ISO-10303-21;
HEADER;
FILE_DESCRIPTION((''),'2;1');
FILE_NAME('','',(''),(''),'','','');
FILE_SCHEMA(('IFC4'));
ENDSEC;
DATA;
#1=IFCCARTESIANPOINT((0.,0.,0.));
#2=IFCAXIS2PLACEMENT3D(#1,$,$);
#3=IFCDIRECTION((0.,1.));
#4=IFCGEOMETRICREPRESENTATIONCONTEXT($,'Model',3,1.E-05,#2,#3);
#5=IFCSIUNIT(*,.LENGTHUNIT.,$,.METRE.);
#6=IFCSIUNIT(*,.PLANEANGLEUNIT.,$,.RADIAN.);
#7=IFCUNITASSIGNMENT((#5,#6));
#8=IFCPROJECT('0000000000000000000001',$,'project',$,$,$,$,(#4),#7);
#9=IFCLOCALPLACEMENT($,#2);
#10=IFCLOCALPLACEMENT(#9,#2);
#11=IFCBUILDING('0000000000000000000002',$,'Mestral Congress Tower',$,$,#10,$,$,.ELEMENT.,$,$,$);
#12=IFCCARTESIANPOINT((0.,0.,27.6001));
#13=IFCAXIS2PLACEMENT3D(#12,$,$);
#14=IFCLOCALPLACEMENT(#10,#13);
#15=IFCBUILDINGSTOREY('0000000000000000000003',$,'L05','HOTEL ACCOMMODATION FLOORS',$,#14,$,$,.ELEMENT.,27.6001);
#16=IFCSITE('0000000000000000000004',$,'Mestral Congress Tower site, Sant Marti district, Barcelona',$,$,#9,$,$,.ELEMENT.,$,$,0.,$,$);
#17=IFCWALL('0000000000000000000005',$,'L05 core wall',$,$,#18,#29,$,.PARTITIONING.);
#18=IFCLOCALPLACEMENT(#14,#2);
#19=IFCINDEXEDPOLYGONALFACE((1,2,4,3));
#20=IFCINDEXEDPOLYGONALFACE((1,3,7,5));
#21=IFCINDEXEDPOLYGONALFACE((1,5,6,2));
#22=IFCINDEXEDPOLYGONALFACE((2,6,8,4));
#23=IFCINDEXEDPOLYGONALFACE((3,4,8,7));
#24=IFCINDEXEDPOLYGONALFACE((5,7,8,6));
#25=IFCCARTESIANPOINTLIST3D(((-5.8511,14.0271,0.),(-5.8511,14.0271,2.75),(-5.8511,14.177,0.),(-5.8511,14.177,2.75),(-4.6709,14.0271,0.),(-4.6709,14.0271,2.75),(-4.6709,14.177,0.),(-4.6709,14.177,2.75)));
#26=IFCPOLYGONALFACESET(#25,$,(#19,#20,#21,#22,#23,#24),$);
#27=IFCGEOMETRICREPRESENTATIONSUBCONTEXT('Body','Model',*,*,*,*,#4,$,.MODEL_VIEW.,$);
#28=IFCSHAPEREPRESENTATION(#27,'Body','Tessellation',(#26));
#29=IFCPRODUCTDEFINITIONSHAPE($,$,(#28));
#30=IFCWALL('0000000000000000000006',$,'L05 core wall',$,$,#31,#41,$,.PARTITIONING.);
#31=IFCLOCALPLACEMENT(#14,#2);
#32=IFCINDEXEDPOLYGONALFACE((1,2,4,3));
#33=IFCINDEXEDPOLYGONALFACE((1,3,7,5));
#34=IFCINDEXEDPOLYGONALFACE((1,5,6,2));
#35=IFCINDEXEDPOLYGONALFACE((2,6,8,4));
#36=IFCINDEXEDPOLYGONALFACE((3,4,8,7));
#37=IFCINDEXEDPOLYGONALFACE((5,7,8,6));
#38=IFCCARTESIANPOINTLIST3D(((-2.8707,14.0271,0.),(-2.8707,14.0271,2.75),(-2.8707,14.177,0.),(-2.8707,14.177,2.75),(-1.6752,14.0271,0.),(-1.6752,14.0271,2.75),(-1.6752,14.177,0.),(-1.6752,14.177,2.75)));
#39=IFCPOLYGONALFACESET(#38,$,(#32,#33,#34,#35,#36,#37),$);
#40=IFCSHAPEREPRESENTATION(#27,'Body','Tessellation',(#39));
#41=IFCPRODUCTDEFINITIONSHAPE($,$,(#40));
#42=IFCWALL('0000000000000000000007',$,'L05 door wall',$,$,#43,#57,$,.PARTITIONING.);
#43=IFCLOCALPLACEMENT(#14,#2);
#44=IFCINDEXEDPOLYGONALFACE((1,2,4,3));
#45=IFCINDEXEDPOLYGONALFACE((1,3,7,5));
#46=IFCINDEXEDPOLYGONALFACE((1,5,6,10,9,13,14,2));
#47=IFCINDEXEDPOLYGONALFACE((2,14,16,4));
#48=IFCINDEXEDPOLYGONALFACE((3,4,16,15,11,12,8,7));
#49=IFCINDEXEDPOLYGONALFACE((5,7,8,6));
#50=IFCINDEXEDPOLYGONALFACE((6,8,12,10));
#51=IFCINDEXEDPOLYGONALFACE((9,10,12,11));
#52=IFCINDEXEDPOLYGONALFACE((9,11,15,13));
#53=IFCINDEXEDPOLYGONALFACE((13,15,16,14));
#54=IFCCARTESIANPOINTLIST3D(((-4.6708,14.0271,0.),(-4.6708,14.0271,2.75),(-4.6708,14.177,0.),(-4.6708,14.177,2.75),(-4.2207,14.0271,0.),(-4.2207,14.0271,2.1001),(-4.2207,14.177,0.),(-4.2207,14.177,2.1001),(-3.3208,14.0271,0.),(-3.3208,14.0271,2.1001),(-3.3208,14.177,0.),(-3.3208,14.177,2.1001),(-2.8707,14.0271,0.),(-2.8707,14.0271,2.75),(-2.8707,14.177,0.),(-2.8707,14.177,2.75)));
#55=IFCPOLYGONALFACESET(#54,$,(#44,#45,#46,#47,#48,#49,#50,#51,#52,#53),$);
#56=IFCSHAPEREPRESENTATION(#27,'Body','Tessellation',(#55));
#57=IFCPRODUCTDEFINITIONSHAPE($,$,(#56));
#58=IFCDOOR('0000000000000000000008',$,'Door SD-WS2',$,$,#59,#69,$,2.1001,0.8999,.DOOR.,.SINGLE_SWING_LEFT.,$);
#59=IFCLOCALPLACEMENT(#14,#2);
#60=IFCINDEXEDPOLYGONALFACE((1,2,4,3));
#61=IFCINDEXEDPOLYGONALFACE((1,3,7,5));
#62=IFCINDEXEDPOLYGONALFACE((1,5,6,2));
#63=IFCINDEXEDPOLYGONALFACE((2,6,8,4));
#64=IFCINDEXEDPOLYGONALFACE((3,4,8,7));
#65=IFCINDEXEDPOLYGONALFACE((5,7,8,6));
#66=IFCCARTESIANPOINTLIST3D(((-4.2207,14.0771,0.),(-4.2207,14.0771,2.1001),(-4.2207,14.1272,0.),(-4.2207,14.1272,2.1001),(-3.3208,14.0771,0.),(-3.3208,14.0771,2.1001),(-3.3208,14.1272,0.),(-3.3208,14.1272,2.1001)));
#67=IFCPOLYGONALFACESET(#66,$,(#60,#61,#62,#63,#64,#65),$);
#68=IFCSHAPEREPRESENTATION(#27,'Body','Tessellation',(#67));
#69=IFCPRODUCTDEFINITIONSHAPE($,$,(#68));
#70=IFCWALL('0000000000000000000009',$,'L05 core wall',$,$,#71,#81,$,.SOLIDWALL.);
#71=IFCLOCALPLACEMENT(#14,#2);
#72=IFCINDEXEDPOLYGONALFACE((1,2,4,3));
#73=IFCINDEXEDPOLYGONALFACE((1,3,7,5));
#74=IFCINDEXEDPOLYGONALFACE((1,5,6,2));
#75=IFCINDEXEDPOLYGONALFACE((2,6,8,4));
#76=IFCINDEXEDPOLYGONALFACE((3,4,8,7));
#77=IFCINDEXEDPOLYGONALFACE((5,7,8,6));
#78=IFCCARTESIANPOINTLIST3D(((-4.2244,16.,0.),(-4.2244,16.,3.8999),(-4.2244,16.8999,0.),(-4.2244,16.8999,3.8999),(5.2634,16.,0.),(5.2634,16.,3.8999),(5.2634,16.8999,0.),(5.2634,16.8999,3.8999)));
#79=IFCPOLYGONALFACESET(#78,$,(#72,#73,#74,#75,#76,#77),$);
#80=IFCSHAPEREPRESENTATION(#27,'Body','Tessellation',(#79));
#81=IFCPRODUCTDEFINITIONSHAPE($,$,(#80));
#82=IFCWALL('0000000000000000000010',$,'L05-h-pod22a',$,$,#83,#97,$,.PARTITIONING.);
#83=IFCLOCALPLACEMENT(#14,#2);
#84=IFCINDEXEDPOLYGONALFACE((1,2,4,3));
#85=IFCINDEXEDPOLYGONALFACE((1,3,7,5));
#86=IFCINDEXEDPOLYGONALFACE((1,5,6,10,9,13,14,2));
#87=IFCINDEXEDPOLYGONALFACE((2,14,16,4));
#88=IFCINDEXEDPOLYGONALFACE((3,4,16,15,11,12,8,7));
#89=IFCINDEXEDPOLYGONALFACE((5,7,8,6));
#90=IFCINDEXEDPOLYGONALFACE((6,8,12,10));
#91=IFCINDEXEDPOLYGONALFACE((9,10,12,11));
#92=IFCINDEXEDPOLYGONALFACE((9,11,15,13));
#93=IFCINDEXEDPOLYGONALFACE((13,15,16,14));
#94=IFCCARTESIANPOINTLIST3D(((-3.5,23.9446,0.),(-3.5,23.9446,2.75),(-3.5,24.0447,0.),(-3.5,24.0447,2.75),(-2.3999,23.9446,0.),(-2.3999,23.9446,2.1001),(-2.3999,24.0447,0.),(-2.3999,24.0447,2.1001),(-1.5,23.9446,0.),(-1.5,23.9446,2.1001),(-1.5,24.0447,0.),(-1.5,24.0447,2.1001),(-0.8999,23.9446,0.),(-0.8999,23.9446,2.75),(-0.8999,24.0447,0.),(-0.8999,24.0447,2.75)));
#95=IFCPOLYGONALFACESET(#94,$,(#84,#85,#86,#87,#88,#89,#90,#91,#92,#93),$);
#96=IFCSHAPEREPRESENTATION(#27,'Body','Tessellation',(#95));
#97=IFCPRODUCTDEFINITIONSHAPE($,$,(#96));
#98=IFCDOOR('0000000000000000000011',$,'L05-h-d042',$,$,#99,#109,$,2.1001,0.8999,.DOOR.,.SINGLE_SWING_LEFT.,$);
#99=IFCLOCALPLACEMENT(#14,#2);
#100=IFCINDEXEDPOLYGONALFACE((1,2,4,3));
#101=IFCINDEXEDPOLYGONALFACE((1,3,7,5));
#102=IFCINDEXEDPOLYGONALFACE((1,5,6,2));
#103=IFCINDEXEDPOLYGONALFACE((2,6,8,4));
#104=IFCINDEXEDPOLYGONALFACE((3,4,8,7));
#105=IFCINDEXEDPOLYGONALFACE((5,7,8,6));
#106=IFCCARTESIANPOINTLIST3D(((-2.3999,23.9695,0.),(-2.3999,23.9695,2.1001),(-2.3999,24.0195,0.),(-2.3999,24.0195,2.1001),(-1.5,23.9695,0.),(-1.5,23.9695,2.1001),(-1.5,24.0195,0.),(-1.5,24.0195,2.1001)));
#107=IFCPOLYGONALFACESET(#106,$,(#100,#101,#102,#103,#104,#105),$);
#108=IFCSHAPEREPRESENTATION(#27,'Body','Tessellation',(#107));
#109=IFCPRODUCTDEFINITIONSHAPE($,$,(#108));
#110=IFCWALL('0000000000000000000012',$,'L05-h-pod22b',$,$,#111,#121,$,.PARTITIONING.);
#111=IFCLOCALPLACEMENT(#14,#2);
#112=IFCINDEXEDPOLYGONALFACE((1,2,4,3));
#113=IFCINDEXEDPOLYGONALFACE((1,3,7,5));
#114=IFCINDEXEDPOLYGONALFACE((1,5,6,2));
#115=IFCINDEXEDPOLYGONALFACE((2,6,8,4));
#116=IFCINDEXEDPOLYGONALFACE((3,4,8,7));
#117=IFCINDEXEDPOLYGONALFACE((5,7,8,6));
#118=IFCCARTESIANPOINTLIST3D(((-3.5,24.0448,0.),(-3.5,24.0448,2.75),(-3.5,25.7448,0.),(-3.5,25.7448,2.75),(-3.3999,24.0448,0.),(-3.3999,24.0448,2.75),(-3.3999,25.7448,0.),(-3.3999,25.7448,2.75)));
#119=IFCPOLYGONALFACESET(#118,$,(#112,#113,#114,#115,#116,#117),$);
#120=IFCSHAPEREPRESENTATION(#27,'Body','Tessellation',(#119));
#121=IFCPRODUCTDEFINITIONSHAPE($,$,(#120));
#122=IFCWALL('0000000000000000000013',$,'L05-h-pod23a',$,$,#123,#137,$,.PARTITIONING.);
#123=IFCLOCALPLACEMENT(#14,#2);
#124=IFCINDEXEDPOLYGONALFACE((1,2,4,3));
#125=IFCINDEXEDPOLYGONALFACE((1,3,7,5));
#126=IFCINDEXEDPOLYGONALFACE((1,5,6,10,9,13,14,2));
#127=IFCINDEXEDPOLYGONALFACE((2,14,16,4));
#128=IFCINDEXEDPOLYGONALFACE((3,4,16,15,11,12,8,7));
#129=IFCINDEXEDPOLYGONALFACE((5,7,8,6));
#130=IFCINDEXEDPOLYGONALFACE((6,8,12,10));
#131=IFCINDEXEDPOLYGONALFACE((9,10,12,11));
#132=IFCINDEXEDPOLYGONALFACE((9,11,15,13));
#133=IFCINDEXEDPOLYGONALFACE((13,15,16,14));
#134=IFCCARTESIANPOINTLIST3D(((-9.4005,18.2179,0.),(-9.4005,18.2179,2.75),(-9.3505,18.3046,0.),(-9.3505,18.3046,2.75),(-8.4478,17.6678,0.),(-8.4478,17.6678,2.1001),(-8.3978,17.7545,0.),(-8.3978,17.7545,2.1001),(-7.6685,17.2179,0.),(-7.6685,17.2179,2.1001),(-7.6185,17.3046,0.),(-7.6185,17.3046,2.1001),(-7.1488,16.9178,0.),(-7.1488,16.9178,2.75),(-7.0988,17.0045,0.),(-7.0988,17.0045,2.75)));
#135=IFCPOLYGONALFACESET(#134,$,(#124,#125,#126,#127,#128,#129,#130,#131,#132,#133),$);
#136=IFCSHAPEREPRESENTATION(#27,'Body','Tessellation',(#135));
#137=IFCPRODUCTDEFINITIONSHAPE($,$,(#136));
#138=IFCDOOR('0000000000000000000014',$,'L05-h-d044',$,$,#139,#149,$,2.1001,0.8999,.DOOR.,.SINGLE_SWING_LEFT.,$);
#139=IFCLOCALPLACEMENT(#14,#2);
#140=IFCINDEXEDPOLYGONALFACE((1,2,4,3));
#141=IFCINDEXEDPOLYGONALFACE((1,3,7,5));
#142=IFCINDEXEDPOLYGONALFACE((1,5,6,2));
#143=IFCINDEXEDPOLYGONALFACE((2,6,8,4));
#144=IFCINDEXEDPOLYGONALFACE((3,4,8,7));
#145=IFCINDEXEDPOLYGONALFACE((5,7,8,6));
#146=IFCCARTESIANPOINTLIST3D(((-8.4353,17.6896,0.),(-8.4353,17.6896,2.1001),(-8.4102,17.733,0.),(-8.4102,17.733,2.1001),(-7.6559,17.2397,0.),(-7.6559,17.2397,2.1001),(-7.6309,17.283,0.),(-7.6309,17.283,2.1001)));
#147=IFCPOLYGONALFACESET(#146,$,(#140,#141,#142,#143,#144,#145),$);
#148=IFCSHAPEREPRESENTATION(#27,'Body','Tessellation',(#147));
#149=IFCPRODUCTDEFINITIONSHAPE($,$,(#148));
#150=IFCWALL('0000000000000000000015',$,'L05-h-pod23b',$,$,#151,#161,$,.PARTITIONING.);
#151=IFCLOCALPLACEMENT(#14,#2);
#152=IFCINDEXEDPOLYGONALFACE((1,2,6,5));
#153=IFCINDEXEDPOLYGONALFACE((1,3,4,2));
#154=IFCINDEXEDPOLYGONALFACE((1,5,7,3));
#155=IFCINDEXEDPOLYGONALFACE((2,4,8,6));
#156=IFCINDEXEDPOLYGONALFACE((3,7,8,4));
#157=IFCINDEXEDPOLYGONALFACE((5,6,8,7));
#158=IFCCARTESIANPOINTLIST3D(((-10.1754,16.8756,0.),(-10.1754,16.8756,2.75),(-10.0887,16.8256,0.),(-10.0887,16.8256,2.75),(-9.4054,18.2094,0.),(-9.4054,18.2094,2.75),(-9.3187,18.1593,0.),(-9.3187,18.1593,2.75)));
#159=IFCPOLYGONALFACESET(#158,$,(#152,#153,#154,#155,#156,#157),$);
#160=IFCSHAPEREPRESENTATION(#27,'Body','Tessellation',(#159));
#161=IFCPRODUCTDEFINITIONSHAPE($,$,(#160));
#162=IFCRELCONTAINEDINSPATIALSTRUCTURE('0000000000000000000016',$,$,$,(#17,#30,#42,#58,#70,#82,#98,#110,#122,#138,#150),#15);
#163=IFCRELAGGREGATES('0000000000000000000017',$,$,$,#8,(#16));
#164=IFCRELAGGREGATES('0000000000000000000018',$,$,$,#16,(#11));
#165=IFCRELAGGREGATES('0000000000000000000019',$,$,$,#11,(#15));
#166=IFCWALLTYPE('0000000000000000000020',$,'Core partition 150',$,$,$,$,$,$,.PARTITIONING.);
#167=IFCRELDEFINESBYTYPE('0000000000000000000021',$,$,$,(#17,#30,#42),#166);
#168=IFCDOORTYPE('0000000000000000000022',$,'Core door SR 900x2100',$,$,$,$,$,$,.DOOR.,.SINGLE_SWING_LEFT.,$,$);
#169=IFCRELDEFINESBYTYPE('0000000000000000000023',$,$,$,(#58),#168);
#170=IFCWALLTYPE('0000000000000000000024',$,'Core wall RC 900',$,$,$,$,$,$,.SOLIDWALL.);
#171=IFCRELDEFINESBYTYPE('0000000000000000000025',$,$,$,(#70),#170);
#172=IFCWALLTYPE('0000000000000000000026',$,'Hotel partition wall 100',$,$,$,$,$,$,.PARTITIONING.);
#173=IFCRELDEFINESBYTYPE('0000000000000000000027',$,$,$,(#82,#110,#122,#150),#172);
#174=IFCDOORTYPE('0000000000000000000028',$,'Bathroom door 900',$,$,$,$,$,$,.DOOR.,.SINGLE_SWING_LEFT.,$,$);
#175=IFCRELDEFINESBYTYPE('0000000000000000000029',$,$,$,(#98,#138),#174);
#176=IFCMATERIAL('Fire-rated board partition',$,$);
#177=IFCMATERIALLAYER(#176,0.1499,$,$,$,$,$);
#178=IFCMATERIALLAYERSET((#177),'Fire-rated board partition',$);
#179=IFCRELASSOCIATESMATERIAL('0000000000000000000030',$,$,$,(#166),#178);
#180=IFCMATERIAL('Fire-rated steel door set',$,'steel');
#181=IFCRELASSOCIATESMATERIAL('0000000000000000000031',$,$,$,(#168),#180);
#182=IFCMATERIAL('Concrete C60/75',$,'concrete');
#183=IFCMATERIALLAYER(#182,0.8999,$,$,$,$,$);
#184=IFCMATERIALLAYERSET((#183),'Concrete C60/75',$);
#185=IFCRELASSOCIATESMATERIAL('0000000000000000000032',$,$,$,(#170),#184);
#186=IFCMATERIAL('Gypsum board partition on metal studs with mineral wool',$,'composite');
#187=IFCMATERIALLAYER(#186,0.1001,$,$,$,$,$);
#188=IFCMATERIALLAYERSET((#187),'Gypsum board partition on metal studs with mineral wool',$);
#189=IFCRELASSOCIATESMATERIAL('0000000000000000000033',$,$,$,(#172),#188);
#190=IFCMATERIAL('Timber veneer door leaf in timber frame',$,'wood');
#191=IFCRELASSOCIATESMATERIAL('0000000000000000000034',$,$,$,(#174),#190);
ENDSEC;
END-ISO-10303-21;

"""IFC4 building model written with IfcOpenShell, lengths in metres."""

from ifc_helpers import new_model, si_unit, direction, frame, frame_2d, origin, place, context, subcontext, project, spatial, rectangle, extrude, material, layer, layer_set, type_object, element, fill, save


model = new_model("IFC4")

# Units and contexts
model_context = context("Model", 3, precision=1e-05, world=origin(), true_north=direction((0.0, 1.0)))
body_context = subcontext(model_context, "Body", "Model", "MODEL_VIEW")
ifc_project = project(units=[si_unit("LENGTHUNIT", "METRE"), si_unit("PLANEANGLEUNIT", "RADIAN")], contexts=[model_context])

# Site, building, storey
site_placement = place(None, origin())
site = spatial("IfcSite", under=ifc_project, at=site_placement, Name="Mestral Congress Tower site, Sant Marti district, Barcelona", CompositionType="ELEMENT", RefElevation=0.0)
building_placement = place(site_placement, origin())
building = spatial("IfcBuilding", under=site, at=building_placement, Name="Mestral Congress Tower", CompositionType="ELEMENT")
storey_placement = place(building_placement, frame((0.0, 0.0, 27.6001)))
storey = spatial("IfcBuildingStorey", under=building, at=storey_placement, Name="L05", Description="HOTEL ACCOMMODATION FLOORS", CompositionType="ELEMENT", Elevation=27.6001)

# Walls
ifc_material_1 = material(Name="Fire-rated board partition")
ifc_layer_1 = layer(ifc_material_1, 0.1499)
ifc_layer_set_1 = layer_set([ifc_layer_1], Name="Fire-rated board partition")
wall_type_1 = type_object("IfcWallType", Name="Core partition 150", PredefinedType="PARTITIONING", material=ifc_layer_set_1)
wall_1_placement = place(storey_placement, frame((-5.8511, 14.1021, 0.0), z_axis=(0.0, 0.0, 1.0), x_axis=(1.0, 0.0, 0.0)))
element("IfcWall", 1, at=wall_1_placement, inside=storey, type_object=wall_type_1, Name="L05 core wall", PredefinedType="PARTITIONING", context=body_context, shape_type="SweptSolid", body=[
    extrude(rectangle(XDim=1.1802, YDim=0.1499, at=frame_2d((0.5901, 0.0))), origin(), (0.0, 0.0, 1.0), 2.75),
])
wall_2_placement = place(storey_placement, frame((-2.8706, 14.1021, 0.0), z_axis=(0.0, 0.0, 1.0), x_axis=(1.0, 0.0, 0.0)))
element("IfcWall", 2, at=wall_2_placement, inside=storey, type_object=wall_type_1, Name="L05 core wall", PredefinedType="PARTITIONING", context=body_context, shape_type="SweptSolid", body=[
    extrude(rectangle(XDim=1.1956, YDim=0.1499, at=frame_2d((0.5977, 0.0))), origin(), (0.0, 0.0, 1.0), 2.75),
])

# Wall, opening, door
wall_3_placement = place(storey_placement, frame((-2.8708, 14.1021, 0.0), z_axis=(0.0, 0.0, 1.0), x_axis=(-1.0, 0.0, 0.0)))
wall_3 = element("IfcWall", 3, at=wall_3_placement, inside=storey, type_object=wall_type_1, Name="L05 door wall", PredefinedType="PARTITIONING", context=body_context, shape_type="SweptSolid", body=[
    extrude(rectangle(XDim=1.8, YDim=0.1499, at=frame_2d((0.8999, 0.0))), origin(), (0.0, 0.0, 1.0), 2.75),
])
opening_1_placement = place(wall_3_placement, frame((0.45, 0.0, 0.0)))
opening_1 = element("IfcOpeningElement", 4, at=opening_1_placement, cuts=wall_3, PredefinedType="OPENING", context=body_context, shape_type="SweptSolid", body=[
    extrude(rectangle(XDim=0.8999, YDim=2.1001, at=frame_2d((0.45, 1.05))), frame((0.0, 0.085, 0.0), z_axis=(0.0, -1.0, 0.0), x_axis=(1.0, 0.0, 0.0)), (0.0, 0.0, 1.0), 0.1699),
])
ifc_material_2 = material(Name="Fire-rated steel door set", Category="steel")
door_type_1 = type_object("IfcDoorType", Name="Core door SR 900x2100", OperationType="SINGLE_SWING_LEFT", PredefinedType="DOOR", material=ifc_material_2)
door_1_placement = place(opening_1_placement, origin())
door_1 = element("IfcDoor", 5, at=door_1_placement, inside=storey, type_object=door_type_1, Name="Door SD-WS2", OperationType="SINGLE_SWING_LEFT", OverallHeight=2.1001, OverallWidth=0.8999, PredefinedType="DOOR", context=body_context, shape_type="SweptSolid", body=[
    extrude(rectangle(XDim=0.8999, YDim=2.1001, at=frame_2d((0.45, 1.05))), frame((0.0, 0.0249, 0.0), z_axis=(0.0, -1.0, 0.0), x_axis=(1.0, 0.0, 0.0)), (0.0, 0.0, 1.0), 0.05),
])
fill(opening_1, door_1)

# Wall
ifc_material_3 = material(Name="Concrete C60/75", Category="concrete")
ifc_layer_2 = layer(ifc_material_3, 0.8999)
ifc_layer_set_2 = layer_set([ifc_layer_2], Name="Concrete C60/75")
wall_type_2 = type_object("IfcWallType", Name="Core wall RC 900", PredefinedType="SOLIDWALL", material=ifc_layer_set_2)
wall_4_placement = place(storey_placement, frame((-4.2244, 16.45, 0.0), z_axis=(0.0, 0.0, 1.0), x_axis=(1.0, 0.0, 0.0)))
element("IfcWall", 6, at=wall_4_placement, inside=storey, type_object=wall_type_2, Name="L05 core wall", PredefinedType="SOLIDWALL", context=body_context, shape_type="SweptSolid", body=[
    extrude(rectangle(XDim=9.4878, YDim=0.8999, at=frame_2d((4.7439, 0.0))), origin(), (0.0, 0.0, 1.0), 3.8999),
])

# Wall, opening, door
ifc_material_4 = material(Name="Gypsum board partition on metal studs with mineral wool", Category="composite")
ifc_layer_3 = layer(ifc_material_4, 0.1001)
ifc_layer_set_3 = layer_set([ifc_layer_3], Name="Gypsum board partition on metal studs with mineral wool")
wall_type_3 = type_object("IfcWallType", Name="Hotel partition wall 100", PredefinedType="PARTITIONING", material=ifc_layer_set_3)
wall_5_placement = place(storey_placement, frame((-3.5, 23.9946, 0.0), z_axis=(0.0, 0.0, 1.0), x_axis=(1.0, 0.0, 0.0)))
wall_5 = element("IfcWall", 7, at=wall_5_placement, inside=storey, type_object=wall_type_3, Name="L05-h-pod22a", PredefinedType="PARTITIONING", context=body_context, shape_type="SweptSolid", body=[
    extrude(rectangle(XDim=2.6001, YDim=0.1001, at=frame_2d((1.3, 0.0))), origin(), (0.0, 0.0, 1.0), 2.75),
])
opening_2_placement = place(wall_5_placement, frame((1.1001, 0.0, 0.0)))
opening_2 = element("IfcOpeningElement", 8, at=opening_2_placement, cuts=wall_5, PredefinedType="OPENING", context=body_context, shape_type="SweptSolid", body=[
    extrude(rectangle(XDim=0.8999, YDim=2.1001, at=frame_2d((0.45, 1.05))), frame((0.0, 0.0601, 0.0), z_axis=(0.0, -1.0, 0.0), x_axis=(1.0, 0.0, 0.0)), (0.0, 0.0, 1.0), 0.1201),
])
ifc_material_5 = material(Name="Timber veneer door leaf in timber frame", Category="wood")
door_type_2 = type_object("IfcDoorType", Name="Bathroom door 900", OperationType="SINGLE_SWING_LEFT", PredefinedType="DOOR", material=ifc_material_5)
door_2_placement = place(opening_2_placement, origin())
door_2 = element("IfcDoor", 9, at=door_2_placement, inside=storey, type_object=door_type_2, Name="L05-h-d042", OperationType="SINGLE_SWING_LEFT", OverallHeight=2.1001, OverallWidth=0.8999, PredefinedType="DOOR", context=body_context, shape_type="SweptSolid", body=[
    extrude(rectangle(XDim=0.8999, YDim=2.1001, at=frame_2d((0.45, 1.05))), frame((0.0, 0.0249, 0.0), z_axis=(0.0, -1.0, 0.0), x_axis=(1.0, 0.0, 0.0)), (0.0, 0.0, 1.0), 0.05),
])
fill(opening_2, door_2)

# Wall
wall_6_placement = place(storey_placement, frame((-3.45, 24.0447, 0.0), z_axis=(0.0, 0.0, 1.0), x_axis=(0.0, 1.0, 0.0)))
element("IfcWall", 10, at=wall_6_placement, inside=storey, type_object=wall_type_3, Name="L05-h-pod22b", PredefinedType="PARTITIONING", context=body_context, shape_type="SweptSolid", body=[
    extrude(rectangle(XDim=1.7, YDim=0.1001, at=frame_2d((0.8501, 0.0))), origin(), (0.0, 0.0, 1.0), 2.75),
])

# Wall, opening, door
wall_7_placement = place(storey_placement, frame((-7.1238, 16.9612, 0.0), z_axis=(0.0, 0.0, 1.0), x_axis=(-0.866021, 0.500007, 0.0)))
wall_7 = element("IfcWall", 11, at=wall_7_placement, inside=storey, type_object=wall_type_3, Name="L05-h-pod23a", PredefinedType="PARTITIONING", context=body_context, shape_type="SweptSolid", body=[
    extrude(rectangle(XDim=2.6001, YDim=0.1001, at=frame_2d((1.3, 0.0))), origin(), (0.0, 0.0, 1.0), 2.75),
])
opening_3_placement = place(wall_7_placement, frame((0.6001, 0.0, 0.0)))
opening_3 = element("IfcOpeningElement", 12, at=opening_3_placement, cuts=wall_7, PredefinedType="OPENING", context=body_context, shape_type="SweptSolid", body=[
    extrude(rectangle(XDim=0.8999, YDim=2.1001, at=frame_2d((0.45, 1.05))), frame((0.0, 0.0601, 0.0), z_axis=(0.0, -1.0, 0.0), x_axis=(1.0, 0.0, 0.0)), (0.0, 0.0, 1.0), 0.1201),
])
door_3_placement = place(opening_3_placement, origin())
door_3 = element("IfcDoor", 13, at=door_3_placement, inside=storey, type_object=door_type_2, Name="L05-h-d044", OperationType="SINGLE_SWING_LEFT", OverallHeight=2.1001, OverallWidth=0.8999, PredefinedType="DOOR", context=body_context, shape_type="SweptSolid", body=[
    extrude(rectangle(XDim=0.8999, YDim=2.1001, at=frame_2d((0.45, 1.05))), frame((0.0, 0.0249, 0.0), z_axis=(0.0, -1.0, 0.0), x_axis=(1.0, 0.0, 0.0)), (0.0, 0.0, 1.0), 0.05),
])
fill(opening_3, door_3)

# Wall
wall_8_placement = place(storey_placement, frame((-9.3621, 18.1843, 0.0), z_axis=(0.0, 0.0, 1.0), x_axis=(-0.499992, -0.86603, 0.0)))
element("IfcWall", 14, at=wall_8_placement, inside=storey, type_object=wall_type_3, Name="L05-h-pod23b", PredefinedType="PARTITIONING", context=body_context, shape_type="SweptSolid", body=[
    extrude(rectangle(XDim=1.54, YDim=0.1001, at=frame_2d((0.77, 0.0))), origin(), (0.0, 0.0, 1.0), 2.75),
])

save(model, "model.ifc")
